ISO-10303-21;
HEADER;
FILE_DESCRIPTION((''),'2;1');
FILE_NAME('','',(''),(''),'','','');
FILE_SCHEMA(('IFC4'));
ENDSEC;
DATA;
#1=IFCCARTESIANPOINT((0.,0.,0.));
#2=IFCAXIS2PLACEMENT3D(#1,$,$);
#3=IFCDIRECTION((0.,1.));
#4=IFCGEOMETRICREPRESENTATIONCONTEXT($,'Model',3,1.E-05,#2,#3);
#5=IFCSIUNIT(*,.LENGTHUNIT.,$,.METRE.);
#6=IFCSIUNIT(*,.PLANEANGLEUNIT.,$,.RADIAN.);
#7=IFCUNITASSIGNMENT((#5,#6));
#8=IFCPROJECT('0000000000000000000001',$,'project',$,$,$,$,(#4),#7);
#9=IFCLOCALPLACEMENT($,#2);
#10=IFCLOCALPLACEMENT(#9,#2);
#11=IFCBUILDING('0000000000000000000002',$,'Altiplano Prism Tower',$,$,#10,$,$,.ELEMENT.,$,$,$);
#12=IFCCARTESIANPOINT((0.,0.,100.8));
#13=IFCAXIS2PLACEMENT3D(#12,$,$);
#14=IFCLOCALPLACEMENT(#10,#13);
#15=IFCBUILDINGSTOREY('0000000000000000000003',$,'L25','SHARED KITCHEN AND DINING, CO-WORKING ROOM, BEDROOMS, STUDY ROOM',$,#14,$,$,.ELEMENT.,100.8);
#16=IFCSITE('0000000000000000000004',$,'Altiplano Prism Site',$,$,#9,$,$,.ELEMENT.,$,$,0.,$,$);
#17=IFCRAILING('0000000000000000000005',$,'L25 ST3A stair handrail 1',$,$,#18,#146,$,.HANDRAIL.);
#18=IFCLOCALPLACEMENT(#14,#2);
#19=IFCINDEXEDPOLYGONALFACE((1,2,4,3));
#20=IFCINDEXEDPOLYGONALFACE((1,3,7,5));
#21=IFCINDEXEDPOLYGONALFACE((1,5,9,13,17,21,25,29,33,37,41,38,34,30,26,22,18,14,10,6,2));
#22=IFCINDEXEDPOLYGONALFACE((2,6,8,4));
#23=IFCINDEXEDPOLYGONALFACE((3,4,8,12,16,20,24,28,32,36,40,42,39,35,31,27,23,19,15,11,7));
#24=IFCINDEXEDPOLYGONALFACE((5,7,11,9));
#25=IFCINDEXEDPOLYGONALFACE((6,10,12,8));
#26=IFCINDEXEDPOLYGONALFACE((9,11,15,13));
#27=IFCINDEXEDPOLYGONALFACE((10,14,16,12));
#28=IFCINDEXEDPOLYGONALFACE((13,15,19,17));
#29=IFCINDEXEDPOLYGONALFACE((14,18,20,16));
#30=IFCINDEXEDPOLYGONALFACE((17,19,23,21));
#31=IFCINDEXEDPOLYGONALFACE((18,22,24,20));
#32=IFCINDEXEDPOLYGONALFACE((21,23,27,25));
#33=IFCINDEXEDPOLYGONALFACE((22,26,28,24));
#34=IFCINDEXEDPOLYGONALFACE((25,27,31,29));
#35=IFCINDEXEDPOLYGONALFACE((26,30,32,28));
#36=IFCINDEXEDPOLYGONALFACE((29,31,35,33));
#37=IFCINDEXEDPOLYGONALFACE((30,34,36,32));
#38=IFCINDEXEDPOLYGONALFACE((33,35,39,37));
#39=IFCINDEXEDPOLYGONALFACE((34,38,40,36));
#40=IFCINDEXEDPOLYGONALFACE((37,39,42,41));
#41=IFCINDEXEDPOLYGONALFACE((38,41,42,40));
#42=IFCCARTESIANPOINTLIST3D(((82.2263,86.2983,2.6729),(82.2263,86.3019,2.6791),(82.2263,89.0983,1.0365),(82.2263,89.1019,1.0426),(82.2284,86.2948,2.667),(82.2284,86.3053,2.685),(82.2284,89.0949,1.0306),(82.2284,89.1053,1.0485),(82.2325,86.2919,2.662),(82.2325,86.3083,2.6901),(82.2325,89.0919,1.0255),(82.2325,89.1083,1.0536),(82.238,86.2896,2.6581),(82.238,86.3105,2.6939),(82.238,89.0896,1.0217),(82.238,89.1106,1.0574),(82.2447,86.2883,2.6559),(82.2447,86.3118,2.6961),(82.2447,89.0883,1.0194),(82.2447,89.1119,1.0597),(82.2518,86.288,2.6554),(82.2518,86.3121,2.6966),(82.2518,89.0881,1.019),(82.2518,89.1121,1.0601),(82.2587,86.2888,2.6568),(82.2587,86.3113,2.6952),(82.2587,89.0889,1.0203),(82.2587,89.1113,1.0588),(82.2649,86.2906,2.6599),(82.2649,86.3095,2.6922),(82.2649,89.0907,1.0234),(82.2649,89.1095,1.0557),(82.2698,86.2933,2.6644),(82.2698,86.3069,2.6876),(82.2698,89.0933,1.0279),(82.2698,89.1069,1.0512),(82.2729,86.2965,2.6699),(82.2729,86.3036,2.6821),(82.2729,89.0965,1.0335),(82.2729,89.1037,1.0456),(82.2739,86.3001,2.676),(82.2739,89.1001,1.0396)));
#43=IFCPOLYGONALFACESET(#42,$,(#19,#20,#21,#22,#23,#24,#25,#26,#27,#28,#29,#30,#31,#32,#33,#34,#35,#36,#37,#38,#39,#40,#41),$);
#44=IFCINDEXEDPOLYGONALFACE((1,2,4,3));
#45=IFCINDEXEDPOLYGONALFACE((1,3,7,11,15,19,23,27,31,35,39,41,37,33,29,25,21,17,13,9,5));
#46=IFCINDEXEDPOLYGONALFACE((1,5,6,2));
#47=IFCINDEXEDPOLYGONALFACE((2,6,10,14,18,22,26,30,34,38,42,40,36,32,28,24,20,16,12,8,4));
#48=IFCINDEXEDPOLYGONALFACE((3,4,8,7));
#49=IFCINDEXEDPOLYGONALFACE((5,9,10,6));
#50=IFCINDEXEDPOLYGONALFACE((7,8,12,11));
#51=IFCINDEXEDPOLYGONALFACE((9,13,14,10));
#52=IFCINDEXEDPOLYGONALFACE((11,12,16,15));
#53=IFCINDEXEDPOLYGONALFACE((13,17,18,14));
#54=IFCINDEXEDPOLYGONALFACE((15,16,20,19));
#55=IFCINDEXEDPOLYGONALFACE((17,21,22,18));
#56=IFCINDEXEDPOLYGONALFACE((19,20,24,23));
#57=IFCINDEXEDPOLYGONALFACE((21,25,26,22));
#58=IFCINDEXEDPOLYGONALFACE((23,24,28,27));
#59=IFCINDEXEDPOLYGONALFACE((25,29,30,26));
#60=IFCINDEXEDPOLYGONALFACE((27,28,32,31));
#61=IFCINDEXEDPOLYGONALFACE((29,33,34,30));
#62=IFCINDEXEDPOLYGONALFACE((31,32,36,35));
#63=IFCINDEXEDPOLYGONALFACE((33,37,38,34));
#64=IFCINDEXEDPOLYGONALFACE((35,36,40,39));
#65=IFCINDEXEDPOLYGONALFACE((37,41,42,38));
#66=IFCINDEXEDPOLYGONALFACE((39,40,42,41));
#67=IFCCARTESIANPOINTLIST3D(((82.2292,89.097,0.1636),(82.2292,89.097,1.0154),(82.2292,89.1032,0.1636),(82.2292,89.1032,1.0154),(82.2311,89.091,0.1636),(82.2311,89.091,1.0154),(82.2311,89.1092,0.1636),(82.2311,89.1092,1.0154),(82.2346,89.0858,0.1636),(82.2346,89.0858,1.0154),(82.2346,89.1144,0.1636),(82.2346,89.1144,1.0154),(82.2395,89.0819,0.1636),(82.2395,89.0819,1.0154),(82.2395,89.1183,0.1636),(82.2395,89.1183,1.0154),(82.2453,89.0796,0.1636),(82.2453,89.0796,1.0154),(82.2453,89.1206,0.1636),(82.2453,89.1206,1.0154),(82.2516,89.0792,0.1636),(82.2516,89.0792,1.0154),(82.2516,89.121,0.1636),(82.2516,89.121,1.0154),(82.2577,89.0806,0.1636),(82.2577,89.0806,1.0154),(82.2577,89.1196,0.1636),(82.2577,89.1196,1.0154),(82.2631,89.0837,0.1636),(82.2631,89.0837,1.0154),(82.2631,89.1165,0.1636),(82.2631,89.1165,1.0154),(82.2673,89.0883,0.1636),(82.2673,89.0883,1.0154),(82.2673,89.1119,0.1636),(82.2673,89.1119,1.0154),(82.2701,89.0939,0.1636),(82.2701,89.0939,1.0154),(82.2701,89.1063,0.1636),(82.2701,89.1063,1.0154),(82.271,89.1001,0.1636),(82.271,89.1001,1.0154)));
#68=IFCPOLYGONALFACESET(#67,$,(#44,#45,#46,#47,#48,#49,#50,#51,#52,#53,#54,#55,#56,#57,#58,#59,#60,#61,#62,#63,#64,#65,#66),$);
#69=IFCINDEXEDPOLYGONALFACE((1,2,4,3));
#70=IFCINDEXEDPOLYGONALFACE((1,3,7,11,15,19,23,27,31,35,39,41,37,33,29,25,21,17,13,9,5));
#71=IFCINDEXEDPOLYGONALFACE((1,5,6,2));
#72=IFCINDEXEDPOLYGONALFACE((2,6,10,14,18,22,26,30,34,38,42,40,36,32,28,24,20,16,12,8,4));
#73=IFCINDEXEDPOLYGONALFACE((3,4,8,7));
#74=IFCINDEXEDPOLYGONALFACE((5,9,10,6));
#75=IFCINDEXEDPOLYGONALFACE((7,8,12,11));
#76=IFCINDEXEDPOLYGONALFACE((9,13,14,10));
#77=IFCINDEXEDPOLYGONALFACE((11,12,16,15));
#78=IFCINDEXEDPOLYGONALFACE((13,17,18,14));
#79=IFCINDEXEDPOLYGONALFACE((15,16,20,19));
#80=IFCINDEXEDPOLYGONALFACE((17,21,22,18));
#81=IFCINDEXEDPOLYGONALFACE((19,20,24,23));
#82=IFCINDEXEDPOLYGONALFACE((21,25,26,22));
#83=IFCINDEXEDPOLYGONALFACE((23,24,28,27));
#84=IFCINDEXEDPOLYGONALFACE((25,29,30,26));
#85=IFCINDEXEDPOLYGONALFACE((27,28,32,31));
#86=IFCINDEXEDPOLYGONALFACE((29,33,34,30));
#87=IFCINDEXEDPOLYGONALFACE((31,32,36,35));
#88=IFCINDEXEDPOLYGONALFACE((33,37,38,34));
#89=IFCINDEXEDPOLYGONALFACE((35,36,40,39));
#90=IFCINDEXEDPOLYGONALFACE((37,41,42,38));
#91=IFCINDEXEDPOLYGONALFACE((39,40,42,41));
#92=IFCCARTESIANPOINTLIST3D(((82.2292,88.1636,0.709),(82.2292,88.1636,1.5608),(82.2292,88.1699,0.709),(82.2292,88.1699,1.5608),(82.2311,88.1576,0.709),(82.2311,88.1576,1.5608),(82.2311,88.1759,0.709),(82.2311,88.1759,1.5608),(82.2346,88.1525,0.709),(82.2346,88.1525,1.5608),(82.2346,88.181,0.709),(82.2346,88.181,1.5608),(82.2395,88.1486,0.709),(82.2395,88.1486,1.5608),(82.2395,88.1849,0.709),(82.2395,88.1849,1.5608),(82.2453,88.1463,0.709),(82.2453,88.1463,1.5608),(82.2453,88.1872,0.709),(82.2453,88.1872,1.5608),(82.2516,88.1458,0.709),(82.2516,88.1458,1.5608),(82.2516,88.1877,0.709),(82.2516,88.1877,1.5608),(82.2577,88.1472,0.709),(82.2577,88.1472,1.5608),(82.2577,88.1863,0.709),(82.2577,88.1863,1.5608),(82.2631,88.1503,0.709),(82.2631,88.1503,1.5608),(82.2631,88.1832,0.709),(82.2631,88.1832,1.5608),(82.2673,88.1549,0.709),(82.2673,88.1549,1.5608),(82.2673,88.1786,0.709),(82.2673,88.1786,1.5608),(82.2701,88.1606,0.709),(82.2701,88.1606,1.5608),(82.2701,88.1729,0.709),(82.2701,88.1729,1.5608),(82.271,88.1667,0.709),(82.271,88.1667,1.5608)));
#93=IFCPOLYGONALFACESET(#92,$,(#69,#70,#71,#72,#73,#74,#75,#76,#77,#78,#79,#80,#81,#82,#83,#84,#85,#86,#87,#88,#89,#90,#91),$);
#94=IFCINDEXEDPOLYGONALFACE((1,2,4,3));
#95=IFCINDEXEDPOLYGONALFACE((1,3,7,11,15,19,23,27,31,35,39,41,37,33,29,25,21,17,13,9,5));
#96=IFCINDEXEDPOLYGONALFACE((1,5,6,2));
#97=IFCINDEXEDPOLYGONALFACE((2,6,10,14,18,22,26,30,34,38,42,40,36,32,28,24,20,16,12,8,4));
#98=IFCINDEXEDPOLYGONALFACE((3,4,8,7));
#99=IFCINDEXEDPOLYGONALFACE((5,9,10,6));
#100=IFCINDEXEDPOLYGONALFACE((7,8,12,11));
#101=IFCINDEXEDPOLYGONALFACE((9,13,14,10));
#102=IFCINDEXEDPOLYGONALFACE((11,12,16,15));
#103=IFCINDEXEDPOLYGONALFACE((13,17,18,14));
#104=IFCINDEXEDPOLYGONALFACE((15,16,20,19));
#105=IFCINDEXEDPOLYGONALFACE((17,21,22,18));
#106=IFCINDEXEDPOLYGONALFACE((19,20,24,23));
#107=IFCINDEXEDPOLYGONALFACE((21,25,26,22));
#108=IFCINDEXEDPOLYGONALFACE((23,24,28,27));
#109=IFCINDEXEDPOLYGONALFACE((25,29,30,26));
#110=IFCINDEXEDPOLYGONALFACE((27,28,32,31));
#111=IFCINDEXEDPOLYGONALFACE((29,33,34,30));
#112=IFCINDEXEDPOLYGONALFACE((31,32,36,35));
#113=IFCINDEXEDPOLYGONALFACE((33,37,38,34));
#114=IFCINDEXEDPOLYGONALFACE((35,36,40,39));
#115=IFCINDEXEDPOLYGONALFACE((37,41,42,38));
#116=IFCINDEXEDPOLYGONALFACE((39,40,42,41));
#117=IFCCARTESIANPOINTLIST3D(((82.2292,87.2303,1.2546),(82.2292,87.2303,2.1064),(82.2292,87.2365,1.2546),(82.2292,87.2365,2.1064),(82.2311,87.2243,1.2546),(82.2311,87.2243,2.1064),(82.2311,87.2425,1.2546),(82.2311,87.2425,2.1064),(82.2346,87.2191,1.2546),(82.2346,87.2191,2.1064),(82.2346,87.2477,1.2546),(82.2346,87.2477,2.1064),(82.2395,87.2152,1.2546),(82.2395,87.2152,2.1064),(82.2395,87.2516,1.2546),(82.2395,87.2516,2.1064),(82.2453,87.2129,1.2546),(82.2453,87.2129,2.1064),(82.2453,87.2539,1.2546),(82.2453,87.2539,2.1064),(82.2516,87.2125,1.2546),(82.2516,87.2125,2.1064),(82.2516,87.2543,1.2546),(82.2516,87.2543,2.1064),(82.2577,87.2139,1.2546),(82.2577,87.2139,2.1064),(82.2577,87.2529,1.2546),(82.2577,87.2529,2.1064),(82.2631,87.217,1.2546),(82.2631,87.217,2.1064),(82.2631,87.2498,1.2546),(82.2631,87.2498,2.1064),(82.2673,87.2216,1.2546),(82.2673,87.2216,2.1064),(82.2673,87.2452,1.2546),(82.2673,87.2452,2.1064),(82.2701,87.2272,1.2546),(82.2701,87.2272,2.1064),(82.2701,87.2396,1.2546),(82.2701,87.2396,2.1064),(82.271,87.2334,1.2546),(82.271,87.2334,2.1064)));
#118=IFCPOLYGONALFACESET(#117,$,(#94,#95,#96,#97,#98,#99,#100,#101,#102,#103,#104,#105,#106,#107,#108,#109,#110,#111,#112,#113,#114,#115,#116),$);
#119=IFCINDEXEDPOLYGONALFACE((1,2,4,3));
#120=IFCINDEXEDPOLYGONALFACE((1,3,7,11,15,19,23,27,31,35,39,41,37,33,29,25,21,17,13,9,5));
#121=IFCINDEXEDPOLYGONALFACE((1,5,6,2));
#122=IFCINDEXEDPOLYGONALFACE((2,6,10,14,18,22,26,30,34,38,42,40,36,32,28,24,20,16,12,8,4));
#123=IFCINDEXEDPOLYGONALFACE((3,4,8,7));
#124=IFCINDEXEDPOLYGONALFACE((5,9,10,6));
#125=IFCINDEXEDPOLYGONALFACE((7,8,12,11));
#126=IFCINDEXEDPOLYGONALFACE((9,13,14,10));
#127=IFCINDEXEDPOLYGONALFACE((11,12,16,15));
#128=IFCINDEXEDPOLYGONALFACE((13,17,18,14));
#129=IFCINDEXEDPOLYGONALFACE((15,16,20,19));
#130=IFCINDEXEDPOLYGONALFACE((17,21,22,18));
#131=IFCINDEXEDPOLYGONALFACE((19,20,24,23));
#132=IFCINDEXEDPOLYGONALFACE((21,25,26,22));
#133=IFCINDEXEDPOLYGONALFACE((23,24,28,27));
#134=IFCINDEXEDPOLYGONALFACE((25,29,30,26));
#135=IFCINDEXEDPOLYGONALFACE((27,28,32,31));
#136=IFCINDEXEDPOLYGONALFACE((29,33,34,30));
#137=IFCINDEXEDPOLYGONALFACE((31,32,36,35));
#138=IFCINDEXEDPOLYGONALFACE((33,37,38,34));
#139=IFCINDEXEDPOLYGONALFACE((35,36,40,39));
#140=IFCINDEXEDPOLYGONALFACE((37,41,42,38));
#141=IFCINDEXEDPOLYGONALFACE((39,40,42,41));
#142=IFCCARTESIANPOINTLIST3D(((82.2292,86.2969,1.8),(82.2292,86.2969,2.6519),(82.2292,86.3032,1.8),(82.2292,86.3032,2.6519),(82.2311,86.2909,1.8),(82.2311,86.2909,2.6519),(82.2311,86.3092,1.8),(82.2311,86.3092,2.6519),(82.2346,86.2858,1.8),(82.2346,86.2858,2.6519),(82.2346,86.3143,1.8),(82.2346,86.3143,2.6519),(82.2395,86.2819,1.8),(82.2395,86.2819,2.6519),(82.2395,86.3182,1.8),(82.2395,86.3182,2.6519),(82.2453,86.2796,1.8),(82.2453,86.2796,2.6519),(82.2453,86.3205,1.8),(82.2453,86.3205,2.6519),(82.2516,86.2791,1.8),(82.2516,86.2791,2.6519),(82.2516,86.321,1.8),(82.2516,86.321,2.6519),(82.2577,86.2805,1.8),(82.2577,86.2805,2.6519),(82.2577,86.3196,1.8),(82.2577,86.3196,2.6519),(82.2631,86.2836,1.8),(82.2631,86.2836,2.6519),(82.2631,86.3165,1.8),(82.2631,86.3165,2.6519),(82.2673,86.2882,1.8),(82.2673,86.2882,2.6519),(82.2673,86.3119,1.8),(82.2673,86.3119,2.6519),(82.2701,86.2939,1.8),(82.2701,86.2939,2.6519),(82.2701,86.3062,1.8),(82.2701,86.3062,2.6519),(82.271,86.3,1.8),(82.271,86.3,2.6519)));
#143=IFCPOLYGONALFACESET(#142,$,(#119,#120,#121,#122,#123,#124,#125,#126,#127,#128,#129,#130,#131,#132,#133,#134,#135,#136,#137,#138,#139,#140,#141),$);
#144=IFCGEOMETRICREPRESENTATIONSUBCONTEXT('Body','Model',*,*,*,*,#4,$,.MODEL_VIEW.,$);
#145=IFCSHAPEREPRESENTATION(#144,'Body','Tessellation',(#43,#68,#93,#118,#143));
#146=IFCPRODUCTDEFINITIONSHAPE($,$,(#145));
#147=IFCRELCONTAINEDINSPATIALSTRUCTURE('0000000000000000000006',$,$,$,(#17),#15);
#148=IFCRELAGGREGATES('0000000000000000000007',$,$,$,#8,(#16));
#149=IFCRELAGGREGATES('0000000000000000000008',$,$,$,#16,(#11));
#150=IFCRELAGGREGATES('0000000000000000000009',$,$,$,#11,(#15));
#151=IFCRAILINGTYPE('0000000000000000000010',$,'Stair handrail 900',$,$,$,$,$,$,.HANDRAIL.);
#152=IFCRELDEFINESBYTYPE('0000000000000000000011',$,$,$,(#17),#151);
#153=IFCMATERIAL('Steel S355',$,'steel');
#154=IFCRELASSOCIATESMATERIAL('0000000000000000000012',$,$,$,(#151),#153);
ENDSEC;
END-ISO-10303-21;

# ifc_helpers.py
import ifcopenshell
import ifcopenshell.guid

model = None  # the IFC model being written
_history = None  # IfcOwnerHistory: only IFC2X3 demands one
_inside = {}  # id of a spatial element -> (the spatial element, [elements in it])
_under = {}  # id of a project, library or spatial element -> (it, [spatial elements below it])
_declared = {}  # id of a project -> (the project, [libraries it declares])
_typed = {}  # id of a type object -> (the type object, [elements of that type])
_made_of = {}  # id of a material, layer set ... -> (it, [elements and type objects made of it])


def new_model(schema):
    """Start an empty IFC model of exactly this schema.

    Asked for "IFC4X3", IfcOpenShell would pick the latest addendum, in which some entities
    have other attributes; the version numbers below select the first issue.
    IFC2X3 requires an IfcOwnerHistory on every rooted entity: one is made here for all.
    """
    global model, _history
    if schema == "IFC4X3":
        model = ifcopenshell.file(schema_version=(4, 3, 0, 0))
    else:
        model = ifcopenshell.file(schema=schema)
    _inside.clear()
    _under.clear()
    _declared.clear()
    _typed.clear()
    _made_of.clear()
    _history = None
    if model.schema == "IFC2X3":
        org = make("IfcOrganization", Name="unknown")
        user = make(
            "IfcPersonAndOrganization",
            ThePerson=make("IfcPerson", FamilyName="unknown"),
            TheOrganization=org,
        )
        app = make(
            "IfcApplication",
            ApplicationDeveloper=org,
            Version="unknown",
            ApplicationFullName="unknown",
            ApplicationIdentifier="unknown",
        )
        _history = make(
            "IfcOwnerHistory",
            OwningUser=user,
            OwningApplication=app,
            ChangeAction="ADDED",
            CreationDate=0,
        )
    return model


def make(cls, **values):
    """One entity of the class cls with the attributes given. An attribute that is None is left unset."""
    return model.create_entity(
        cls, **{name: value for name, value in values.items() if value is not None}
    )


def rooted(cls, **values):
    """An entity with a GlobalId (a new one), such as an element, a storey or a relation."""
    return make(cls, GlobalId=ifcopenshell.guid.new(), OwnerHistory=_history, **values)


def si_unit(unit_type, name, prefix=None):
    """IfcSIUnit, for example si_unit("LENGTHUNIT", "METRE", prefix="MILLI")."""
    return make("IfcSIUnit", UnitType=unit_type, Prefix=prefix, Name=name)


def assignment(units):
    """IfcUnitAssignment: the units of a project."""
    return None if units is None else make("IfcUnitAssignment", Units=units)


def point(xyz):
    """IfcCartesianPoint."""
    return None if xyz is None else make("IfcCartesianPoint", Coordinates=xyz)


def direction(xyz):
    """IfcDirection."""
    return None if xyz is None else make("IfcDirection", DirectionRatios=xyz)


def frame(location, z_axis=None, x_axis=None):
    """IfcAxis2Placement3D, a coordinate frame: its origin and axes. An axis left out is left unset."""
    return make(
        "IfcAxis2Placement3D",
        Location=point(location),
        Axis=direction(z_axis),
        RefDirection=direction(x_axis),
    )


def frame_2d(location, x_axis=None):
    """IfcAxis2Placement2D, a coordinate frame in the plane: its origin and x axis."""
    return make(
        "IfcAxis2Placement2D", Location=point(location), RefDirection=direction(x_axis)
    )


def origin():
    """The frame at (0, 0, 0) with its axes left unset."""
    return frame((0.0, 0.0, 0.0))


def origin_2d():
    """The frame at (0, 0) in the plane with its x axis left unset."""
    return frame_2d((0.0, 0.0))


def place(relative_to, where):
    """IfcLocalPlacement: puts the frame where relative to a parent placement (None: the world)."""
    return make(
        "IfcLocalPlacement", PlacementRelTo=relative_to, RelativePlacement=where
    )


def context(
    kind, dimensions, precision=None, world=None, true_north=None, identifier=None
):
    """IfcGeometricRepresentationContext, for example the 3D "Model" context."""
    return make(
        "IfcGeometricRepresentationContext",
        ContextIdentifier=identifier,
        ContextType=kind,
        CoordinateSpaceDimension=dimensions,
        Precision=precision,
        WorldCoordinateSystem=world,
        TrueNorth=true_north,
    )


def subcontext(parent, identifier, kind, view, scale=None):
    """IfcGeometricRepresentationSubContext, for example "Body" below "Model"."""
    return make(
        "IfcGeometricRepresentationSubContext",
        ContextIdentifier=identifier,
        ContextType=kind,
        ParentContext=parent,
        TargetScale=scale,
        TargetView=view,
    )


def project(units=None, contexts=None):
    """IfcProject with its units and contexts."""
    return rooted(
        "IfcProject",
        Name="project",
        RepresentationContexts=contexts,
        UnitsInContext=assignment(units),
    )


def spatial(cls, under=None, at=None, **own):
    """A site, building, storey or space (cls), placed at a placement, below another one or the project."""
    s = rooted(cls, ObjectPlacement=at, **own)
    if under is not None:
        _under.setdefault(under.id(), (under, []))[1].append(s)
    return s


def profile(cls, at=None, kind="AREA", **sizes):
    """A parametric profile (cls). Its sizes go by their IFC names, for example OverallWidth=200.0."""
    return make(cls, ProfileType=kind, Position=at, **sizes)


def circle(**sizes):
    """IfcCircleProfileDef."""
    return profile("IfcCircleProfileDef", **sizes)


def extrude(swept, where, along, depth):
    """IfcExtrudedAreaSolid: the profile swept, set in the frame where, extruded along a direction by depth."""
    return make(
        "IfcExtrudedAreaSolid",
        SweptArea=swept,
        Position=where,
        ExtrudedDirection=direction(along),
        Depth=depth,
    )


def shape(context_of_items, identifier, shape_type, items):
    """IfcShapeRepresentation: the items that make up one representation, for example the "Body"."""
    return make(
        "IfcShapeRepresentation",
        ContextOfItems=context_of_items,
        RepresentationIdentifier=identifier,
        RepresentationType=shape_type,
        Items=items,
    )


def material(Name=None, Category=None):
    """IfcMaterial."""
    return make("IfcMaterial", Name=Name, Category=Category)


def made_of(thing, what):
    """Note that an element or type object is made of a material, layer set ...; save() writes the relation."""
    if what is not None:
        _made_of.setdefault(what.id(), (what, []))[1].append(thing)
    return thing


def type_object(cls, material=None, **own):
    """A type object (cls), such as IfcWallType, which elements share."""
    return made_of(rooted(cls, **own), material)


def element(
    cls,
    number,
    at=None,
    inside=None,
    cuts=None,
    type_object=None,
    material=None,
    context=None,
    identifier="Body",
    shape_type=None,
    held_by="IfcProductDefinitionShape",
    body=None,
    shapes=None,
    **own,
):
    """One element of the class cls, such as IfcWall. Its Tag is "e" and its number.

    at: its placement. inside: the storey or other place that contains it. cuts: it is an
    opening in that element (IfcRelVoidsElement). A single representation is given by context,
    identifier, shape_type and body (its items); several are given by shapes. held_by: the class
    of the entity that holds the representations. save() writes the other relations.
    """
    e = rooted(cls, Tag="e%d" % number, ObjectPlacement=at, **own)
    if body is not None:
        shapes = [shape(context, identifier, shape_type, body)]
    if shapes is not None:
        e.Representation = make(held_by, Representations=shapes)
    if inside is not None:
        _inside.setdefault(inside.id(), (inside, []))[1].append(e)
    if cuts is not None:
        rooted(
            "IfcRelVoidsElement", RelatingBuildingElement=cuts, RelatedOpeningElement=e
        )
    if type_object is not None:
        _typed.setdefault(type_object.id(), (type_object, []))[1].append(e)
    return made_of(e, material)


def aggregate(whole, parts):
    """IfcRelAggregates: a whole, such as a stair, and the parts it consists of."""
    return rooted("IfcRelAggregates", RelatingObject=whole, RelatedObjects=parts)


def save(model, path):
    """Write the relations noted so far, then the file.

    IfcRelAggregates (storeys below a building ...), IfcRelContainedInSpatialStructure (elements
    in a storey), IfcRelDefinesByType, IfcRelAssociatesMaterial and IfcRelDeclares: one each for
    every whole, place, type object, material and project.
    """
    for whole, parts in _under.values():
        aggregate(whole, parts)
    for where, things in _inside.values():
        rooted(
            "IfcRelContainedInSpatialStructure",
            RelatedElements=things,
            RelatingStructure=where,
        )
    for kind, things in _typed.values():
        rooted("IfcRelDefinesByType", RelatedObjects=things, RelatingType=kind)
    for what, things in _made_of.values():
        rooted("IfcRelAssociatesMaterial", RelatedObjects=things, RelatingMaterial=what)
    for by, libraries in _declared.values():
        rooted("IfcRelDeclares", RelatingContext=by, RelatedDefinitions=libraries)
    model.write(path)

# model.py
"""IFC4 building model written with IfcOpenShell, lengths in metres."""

from ifc_helpers import new_model, si_unit, direction, frame, origin, origin_2d, place, context, subcontext, project, spatial, circle, extrude, material, type_object, element, save


model = new_model("IFC4")

# Units and contexts
model_context = context("Model", 3, precision=1e-05, world=origin(), true_north=direction((0.0, 1.0)))
body_context = subcontext(model_context, "Body", "Model", "MODEL_VIEW")
ifc_project = project(units=[si_unit("LENGTHUNIT", "METRE"), si_unit("PLANEANGLEUNIT", "RADIAN")], contexts=[model_context])

# Site, building, storey
site_placement = place(None, origin())
site = spatial("IfcSite", under=ifc_project, at=site_placement, Name="Altiplano Prism Site", CompositionType="ELEMENT", RefElevation=0.0)
building_placement = place(site_placement, origin())
building = spatial("IfcBuilding", under=site, at=building_placement, Name="Altiplano Prism Tower", CompositionType="ELEMENT")
storey_placement = place(building_placement, frame((0.0, 0.0, 100.8)))
storey = spatial("IfcBuildingStorey", under=building, at=storey_placement, Name="L25", Description="SHARED KITCHEN AND DINING, CO-WORKING ROOM, BEDROOMS, STUDY ROOM", CompositionType="ELEMENT", Elevation=100.8)

# Shared definitions
ifc_material_1 = material(Name="Steel S355", Category="steel")

# Railing
railing_type_1 = type_object("IfcRailingType", Name="Stair handrail 900", PredefinedType="HANDRAIL", material=ifc_material_1)
for number, where, name in (
    (1, (82.25, 89.1001, 0.1636), "L25 ST3A stair handrail 1"),
):
    element("IfcRailing", number, at=place(storey_placement, frame(where)), inside=storey, type_object=railing_type_1, Name=name, PredefinedType="HANDRAIL", context=body_context, shape_type="SweptSolid", body=[
        extrude(circle(Radius=0.0239, at=origin_2d()), frame((0.0, 0.0, 0.876), z_axis=(0.0, -0.863361, 0.504587), x_axis=(1.0, 0.0, 0.0)), (0.0, 0.0, 1.0), 3.2432),
        extrude(circle(Radius=0.021, at=origin_2d()), origin(), (0.0, 0.0, 1.0), 0.8518),
        extrude(circle(Radius=0.021, at=origin_2d()), frame((0.0, -0.9333, 0.5454)), (0.0, 0.0, 1.0), 0.8518),
        extrude(circle(Radius=0.021, at=origin_2d()), frame((0.0, -1.8667, 1.0911)), (0.0, 0.0, 1.0), 0.8518),
        extrude(circle(Radius=0.021, at=origin_2d()), frame((0.0, -2.8, 1.6365)), (0.0, 0.0, 1.0), 0.8518),
    ])

save(model, "model.ifc")
